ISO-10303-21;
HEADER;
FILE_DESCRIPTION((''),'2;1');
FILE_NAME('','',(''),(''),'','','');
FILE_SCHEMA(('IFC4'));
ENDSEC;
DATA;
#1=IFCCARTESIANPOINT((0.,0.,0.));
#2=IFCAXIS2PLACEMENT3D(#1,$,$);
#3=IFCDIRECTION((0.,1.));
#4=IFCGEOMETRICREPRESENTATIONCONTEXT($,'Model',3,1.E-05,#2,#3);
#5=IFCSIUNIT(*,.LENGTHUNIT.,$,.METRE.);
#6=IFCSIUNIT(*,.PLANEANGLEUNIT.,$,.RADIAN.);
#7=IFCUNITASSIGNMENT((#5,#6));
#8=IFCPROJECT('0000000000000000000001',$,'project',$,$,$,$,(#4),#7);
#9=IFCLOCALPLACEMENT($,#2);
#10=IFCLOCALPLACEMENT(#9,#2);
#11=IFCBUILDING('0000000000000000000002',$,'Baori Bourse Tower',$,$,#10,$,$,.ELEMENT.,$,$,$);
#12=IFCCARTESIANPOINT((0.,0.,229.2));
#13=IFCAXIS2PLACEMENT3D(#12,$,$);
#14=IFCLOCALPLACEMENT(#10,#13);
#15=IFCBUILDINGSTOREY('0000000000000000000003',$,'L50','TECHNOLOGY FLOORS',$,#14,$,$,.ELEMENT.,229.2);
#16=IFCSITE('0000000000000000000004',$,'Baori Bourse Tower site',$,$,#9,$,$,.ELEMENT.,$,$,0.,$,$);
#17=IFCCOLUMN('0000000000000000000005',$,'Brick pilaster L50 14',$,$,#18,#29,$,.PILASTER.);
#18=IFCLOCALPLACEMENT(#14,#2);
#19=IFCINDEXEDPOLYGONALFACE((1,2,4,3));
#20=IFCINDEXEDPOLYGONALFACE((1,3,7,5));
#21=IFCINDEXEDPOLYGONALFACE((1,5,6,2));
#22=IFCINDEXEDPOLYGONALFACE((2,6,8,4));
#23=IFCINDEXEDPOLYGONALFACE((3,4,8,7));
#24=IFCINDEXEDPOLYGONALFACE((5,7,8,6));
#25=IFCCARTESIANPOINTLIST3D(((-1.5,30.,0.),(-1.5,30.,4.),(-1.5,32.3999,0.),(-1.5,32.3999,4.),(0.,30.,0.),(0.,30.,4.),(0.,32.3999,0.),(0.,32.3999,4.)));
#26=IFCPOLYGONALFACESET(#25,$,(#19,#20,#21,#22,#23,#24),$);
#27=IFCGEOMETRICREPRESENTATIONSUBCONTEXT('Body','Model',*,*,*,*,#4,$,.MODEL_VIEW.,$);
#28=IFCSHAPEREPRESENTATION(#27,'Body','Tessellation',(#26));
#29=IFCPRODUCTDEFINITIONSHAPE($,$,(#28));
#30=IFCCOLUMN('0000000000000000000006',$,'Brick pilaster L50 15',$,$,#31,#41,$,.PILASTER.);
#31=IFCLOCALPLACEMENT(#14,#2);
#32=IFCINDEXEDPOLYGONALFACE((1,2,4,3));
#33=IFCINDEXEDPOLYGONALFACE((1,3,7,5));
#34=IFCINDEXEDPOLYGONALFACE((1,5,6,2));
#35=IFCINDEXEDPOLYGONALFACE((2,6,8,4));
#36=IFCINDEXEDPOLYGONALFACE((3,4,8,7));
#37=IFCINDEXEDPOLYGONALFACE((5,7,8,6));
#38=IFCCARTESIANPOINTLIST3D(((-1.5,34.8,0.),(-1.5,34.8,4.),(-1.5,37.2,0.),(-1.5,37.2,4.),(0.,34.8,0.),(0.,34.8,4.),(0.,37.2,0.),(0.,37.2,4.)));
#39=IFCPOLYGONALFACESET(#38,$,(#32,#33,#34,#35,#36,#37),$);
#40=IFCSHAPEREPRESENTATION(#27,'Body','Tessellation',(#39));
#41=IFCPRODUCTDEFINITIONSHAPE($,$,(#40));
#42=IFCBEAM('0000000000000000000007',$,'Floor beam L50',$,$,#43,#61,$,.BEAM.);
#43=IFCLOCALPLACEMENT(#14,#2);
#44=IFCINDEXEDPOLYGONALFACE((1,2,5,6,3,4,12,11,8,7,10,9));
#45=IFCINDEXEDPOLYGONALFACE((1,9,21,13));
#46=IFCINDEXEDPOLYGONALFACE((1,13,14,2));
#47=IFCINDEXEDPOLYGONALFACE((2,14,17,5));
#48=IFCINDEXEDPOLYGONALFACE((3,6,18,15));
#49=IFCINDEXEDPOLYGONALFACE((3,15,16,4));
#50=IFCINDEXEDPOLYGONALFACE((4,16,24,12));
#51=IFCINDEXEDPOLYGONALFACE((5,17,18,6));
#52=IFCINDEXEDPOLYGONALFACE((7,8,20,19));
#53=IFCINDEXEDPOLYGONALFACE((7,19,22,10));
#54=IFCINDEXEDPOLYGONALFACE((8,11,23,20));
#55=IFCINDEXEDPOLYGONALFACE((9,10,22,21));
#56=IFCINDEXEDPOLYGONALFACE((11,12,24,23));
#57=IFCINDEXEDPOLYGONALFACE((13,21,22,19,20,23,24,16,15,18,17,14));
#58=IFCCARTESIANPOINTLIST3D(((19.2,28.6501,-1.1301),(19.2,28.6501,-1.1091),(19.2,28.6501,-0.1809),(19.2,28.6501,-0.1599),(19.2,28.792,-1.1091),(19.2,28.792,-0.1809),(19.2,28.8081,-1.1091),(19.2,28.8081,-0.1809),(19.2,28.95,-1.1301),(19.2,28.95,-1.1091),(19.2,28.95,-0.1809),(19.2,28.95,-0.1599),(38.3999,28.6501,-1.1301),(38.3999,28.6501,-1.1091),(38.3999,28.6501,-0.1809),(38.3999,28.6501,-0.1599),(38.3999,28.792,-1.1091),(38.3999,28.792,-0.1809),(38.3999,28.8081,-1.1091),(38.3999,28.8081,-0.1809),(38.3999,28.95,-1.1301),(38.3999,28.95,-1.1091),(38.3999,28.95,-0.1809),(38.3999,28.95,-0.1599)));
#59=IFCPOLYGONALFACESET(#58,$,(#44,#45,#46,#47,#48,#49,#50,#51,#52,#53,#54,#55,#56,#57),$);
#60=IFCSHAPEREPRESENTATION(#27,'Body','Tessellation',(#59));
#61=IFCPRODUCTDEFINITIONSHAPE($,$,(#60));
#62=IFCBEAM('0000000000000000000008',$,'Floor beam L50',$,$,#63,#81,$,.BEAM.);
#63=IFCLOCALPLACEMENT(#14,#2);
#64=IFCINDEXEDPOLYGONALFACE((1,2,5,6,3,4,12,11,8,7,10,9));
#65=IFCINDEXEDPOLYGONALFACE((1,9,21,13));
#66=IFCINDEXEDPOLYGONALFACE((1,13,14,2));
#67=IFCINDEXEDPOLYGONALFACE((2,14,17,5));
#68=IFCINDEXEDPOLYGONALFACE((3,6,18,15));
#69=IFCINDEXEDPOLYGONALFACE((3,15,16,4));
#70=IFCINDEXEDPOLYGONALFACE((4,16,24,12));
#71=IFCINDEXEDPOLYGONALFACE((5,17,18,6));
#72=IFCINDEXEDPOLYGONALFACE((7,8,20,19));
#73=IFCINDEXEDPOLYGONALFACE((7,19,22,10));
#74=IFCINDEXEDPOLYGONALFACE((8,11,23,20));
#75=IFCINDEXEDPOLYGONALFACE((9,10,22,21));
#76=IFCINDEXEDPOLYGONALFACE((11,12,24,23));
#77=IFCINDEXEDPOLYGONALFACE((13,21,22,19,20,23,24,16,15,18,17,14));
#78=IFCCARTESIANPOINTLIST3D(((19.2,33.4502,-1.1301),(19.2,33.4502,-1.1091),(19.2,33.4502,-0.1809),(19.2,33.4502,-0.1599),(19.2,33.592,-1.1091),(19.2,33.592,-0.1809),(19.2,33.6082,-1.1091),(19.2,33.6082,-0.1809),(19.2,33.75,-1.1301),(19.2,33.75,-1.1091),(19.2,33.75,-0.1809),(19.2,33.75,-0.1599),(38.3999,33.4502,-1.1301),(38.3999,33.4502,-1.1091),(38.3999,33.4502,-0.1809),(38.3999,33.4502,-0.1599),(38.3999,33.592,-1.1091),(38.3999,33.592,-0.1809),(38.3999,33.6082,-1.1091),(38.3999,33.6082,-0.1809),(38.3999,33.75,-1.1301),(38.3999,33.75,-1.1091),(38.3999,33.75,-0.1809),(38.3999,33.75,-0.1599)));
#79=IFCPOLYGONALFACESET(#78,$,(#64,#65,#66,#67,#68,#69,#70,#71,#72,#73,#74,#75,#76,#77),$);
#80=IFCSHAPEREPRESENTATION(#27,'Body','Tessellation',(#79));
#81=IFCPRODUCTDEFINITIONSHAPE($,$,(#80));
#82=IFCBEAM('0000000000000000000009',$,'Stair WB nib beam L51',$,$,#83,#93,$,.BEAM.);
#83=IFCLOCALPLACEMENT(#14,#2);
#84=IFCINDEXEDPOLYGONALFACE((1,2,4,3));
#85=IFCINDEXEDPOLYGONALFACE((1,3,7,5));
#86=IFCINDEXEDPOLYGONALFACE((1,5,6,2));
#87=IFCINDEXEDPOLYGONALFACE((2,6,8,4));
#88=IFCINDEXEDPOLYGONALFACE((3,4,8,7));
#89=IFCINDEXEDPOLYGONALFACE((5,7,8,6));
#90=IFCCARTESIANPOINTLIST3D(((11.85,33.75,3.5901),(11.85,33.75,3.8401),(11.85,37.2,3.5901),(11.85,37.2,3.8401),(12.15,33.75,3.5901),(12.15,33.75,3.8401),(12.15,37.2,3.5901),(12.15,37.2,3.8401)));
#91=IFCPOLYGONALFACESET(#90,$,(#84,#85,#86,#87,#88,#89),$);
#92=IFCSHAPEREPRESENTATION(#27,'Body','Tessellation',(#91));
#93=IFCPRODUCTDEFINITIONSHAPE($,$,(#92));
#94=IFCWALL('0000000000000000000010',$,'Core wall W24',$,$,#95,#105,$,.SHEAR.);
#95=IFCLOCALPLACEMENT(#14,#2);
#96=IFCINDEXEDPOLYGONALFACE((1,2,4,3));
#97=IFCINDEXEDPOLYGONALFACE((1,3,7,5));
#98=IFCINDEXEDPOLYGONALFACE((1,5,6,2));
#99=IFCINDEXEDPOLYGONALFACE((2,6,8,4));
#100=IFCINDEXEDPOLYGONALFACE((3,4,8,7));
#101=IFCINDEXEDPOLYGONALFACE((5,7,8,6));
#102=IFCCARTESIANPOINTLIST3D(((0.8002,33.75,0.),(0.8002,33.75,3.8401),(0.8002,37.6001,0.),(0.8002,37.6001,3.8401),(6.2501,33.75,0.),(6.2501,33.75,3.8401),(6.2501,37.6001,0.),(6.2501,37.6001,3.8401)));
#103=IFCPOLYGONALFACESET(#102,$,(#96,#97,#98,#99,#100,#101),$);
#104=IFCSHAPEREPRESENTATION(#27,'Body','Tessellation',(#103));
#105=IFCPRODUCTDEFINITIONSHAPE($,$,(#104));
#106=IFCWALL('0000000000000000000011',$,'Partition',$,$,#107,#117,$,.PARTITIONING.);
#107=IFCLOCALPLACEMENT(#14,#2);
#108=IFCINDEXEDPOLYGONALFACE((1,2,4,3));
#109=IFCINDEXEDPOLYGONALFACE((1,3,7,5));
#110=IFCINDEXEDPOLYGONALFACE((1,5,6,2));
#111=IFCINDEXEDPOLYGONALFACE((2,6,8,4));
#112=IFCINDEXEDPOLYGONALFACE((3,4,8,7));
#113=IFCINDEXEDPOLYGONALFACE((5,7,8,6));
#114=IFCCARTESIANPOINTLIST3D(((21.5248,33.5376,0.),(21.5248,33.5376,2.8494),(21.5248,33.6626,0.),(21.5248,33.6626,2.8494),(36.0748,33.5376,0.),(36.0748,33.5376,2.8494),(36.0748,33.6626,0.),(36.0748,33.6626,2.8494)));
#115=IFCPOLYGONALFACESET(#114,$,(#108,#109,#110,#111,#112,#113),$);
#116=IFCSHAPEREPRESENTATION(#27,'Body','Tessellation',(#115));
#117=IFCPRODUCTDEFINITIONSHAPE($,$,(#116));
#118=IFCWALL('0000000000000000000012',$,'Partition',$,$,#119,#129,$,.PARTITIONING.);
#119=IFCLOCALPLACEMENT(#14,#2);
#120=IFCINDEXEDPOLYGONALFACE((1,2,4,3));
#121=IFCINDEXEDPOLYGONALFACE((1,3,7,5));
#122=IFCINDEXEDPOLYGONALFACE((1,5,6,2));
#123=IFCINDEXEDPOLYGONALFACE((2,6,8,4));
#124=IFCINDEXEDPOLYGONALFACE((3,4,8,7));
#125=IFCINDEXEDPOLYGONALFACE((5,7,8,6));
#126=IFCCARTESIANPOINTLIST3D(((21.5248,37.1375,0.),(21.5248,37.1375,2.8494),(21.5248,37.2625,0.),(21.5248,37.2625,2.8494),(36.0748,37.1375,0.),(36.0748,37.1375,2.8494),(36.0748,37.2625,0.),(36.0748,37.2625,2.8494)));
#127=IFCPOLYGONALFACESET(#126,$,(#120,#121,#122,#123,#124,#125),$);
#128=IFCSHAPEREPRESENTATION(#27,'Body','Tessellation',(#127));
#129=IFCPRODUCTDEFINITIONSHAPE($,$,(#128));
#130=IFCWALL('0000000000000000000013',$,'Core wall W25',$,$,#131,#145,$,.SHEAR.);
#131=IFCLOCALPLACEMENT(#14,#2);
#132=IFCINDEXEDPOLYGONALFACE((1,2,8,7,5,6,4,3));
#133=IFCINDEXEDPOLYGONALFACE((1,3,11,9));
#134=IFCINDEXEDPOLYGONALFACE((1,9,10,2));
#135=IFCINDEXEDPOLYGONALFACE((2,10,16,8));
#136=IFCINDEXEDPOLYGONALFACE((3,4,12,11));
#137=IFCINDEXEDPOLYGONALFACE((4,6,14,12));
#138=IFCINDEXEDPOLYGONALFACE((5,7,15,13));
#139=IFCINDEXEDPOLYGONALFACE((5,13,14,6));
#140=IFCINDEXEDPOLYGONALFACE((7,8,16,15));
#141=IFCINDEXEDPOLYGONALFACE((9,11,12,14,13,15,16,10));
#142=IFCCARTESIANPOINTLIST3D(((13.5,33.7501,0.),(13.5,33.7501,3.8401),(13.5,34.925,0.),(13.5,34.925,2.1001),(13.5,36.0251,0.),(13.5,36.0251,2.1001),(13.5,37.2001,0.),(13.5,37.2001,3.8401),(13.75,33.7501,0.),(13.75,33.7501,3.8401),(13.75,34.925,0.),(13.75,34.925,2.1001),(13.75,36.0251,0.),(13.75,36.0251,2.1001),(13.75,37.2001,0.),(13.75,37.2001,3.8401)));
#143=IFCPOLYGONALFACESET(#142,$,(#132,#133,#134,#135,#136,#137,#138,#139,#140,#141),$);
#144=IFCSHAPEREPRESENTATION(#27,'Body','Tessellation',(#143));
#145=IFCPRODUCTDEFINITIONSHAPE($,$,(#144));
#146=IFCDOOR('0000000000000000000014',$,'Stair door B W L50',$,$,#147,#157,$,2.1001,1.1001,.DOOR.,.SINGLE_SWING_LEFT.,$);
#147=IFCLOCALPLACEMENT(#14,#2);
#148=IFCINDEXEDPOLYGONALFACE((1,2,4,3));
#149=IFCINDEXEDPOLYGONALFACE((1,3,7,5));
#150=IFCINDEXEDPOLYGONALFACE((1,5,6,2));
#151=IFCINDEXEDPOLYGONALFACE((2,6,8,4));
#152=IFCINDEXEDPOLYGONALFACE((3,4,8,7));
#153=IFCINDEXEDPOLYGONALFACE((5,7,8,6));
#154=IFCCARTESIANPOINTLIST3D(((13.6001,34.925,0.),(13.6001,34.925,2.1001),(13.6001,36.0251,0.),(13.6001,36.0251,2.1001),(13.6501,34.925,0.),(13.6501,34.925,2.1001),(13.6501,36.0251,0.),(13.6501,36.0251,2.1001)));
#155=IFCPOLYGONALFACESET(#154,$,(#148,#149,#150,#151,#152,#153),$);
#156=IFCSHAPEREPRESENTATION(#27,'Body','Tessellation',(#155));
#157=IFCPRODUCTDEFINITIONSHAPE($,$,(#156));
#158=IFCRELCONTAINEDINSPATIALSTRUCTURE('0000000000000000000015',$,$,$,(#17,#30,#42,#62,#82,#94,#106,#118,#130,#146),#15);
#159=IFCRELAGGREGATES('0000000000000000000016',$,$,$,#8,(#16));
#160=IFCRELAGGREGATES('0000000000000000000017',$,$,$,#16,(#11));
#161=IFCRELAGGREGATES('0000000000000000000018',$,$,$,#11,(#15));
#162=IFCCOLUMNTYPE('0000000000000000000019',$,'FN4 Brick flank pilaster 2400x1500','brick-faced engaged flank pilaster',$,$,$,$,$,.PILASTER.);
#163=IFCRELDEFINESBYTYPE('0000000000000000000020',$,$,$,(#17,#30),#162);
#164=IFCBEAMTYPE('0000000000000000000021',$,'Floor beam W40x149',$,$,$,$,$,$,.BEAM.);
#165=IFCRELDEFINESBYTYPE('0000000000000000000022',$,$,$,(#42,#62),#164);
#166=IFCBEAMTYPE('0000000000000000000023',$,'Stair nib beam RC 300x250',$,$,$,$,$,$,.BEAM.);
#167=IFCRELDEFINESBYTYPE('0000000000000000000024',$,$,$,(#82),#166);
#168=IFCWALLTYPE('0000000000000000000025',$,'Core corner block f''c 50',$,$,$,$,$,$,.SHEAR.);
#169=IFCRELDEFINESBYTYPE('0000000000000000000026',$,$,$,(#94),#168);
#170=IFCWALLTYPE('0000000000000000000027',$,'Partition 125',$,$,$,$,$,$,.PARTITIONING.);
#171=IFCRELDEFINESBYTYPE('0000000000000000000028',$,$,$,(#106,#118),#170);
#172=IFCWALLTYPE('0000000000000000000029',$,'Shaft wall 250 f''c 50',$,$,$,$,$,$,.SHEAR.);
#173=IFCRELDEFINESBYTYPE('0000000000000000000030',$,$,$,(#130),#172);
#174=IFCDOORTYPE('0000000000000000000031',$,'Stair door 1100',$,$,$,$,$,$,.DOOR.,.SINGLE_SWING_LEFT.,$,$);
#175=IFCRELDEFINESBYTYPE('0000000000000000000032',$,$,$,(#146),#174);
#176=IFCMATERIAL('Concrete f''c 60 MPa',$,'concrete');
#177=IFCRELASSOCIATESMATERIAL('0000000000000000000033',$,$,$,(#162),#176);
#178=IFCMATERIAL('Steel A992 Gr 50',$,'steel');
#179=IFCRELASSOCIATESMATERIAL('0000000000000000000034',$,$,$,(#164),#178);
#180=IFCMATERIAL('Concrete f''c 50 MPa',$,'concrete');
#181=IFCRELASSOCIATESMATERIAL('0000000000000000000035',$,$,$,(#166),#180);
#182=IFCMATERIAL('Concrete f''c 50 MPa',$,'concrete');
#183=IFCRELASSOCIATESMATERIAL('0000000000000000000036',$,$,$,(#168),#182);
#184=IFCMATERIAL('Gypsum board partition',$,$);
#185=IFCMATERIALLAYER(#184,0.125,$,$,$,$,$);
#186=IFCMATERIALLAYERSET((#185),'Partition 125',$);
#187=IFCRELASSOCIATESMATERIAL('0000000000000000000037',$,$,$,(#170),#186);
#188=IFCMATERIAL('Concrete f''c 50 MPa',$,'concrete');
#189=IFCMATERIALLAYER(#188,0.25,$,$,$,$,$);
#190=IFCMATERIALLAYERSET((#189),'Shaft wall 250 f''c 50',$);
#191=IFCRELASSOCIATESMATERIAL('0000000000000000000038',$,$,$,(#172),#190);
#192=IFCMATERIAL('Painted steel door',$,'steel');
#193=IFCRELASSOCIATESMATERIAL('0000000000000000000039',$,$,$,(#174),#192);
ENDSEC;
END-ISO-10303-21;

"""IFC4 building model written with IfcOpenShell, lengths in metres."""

from ifc_helpers import new_model, si_unit, direction, frame, frame_2d, origin, origin_2d, place, context, subcontext, project, spatial, rectangle, i_section, extrude, material, layer, layer_set, material_profile, profile_set, type_object, element, fill, save


model = new_model("IFC4")

# Units and contexts
model_context = context("Model", 3, precision=1e-05, world=origin(), true_north=direction((0.0, 1.0)))
body_context = subcontext(model_context, "Body", "Model", "MODEL_VIEW")
ifc_project = project(units=[si_unit("LENGTHUNIT", "METRE"), si_unit("PLANEANGLEUNIT", "RADIAN")], contexts=[model_context])

# Site, building, storey
site_placement = place(None, origin())
site = spatial("IfcSite", under=ifc_project, at=site_placement, Name="Baori Bourse Tower site", CompositionType="ELEMENT", RefElevation=0.0)
building_placement = place(site_placement, origin())
building = spatial("IfcBuilding", under=site, at=building_placement, Name="Baori Bourse Tower", CompositionType="ELEMENT")
storey_placement = place(building_placement, frame((0.0, 0.0, 229.2)))
storey = spatial("IfcBuildingStorey", under=building, at=storey_placement, Name="L50", Description="TECHNOLOGY FLOORS", CompositionType="ELEMENT", Elevation=229.2)

# Columns
ifc_material_1 = material(Name="Concrete f'c 60 MPa", Category="concrete")
ifc_material_profile_1 = material_profile(ifc_material_1, rectangle(XDim=2.3999, YDim=1.5, at=origin_2d()), Name="RC 2400x1500")
ifc_profile_set_1 = profile_set([ifc_material_profile_1], Name="Concrete f'c 60 MPa")
column_type = type_object("IfcColumnType", Name="FN4 Brick flank pilaster 2400x1500", Description="brick-faced engaged flank pilaster", PredefinedType="PILASTER", material=ifc_profile_set_1)
for number, where, z_axis, x_axis, name in (
    (1, (-0.75, 31.2, 0.0), (0.0, 0.0, 1.0), (0.0, 1.0, 0.0), "Brick pilaster L50 14"),
    (2, (-0.75, 36.0, 0.0), (0.0, 0.0, 1.0), (0.0, 1.0, 0.0), "Brick pilaster L50 15"),
):
    element("IfcColumn", number, at=place(storey_placement, frame(where, z_axis=z_axis, x_axis=x_axis)), inside=storey, type_object=column_type, Name=name, PredefinedType="PILASTER", context=body_context, shape_type="SweptSolid", body=[
        extrude(rectangle(XDim=2.3999, YDim=1.5, at=origin_2d()), origin(), (0.0, 0.0, 1.0), 4.0),
    ])

# Beams
ifc_material_2 = material(Name="Steel A992 Gr 50", Category="steel")
ifc_material_profile_2 = material_profile(ifc_material_2, i_section(OverallWidth=0.2998, OverallDepth=0.9702, WebThickness=0.0161, FlangeThickness=0.021, at=origin_2d()), Name="W40x149")
ifc_profile_set_2 = profile_set([ifc_material_profile_2], Name="Steel A992 Gr 50")
beam_type_1 = type_object("IfcBeamType", Name="Floor beam W40x149", PredefinedType="BEAM", material=ifc_profile_set_2)
for number, where, z_axis, x_axis, name in (
    (3, (19.2, 28.8, -0.645), (1.0, 0.0, 0.0), (0.0, 1.0, 0.0), "Floor beam L50"),
    (4, (19.2, 33.6001, -0.645), (1.0, 0.0, 0.0), (0.0, 1.0, 0.0), "Floor beam L50"),
):
    element("IfcBeam", number, at=place(storey_placement, frame(where, z_axis=z_axis, x_axis=x_axis)), inside=storey, type_object=beam_type_1, Name=name, PredefinedType="BEAM", context=body_context, shape_type="SweptSolid", body=[
        extrude(i_section(OverallWidth=0.2998, OverallDepth=0.9702, WebThickness=0.0161, FlangeThickness=0.021, at=origin_2d()), origin(), (0.0, 0.0, 1.0), 19.2),
    ])
ifc_material_3 = material(Name="Concrete f'c 50 MPa", Category="concrete")
ifc_material_profile_3 = material_profile(ifc_material_3, rectangle(XDim=0.3, YDim=0.25, at=origin_2d()), Name="RC 300x250")
ifc_profile_set_3 = profile_set([ifc_material_profile_3], Name="Concrete f'c 50 MPa")
beam_type_2 = type_object("IfcBeamType", Name="Stair nib beam RC 300x250", PredefinedType="BEAM", material=ifc_profile_set_3)
beam_placement = place(storey_placement, frame((12.0, 33.75, 3.7151), z_axis=(0.0, 1.0, 0.0), x_axis=(-1.0, 0.0, 0.0)))
element("IfcBeam", 5, at=beam_placement, inside=storey, type_object=beam_type_2, Name="Stair WB nib beam L51", PredefinedType="BEAM", context=body_context, shape_type="SweptSolid", body=[
    extrude(rectangle(XDim=0.3, YDim=0.25, at=origin_2d()), origin(), (0.0, 0.0, 1.0), 3.45),
])

# Walls
ifc_material_4 = material(Name="Concrete f'c 50 MPa", Category="concrete")
wall_type_1 = type_object("IfcWallType", Name="Core corner block f'c 50", PredefinedType="SHEAR", material=ifc_material_4)
wall_1_placement = place(storey_placement, frame((0.8, 35.675, 0.0), z_axis=(0.0, 0.0, 1.0), x_axis=(1.0, 0.0, 0.0)))
element("IfcWall", 6, at=wall_1_placement, inside=storey, type_object=wall_type_1, Name="Core wall W24", PredefinedType="SHEAR", context=body_context, shape_type="SweptSolid", body=[
    extrude(rectangle(XDim=5.45, YDim=3.8501, at=frame_2d((2.7251, 0.0))), origin(), (0.0, 0.0, 1.0), 3.8401),
])
ifc_material_5 = material(Name="Gypsum board partition")
ifc_layer_1 = layer(ifc_material_5, 0.125)
ifc_layer_set_1 = layer_set([ifc_layer_1], Name="Partition 125")
wall_type_2 = type_object("IfcWallType", Name="Partition 125", PredefinedType="PARTITIONING", material=ifc_layer_set_1)
for number, where, z_axis, x_axis, name in (
    (7, (21.5249, 33.6001, 0.0), (0.0, 0.0, 1.0), (1.0, 0.0, 0.0), "Partition"),
    (8, (21.5249, 37.2, 0.0), (0.0, 0.0, 1.0), (1.0, 0.0, 0.0), "Partition"),
):
    element("IfcWall", number, at=place(storey_placement, frame(where, z_axis=z_axis, x_axis=x_axis)), inside=storey, type_object=wall_type_2, Name=name, PredefinedType="PARTITIONING", context=body_context, shape_type="SweptSolid", body=[
        extrude(rectangle(XDim=14.55, YDim=0.125, at=frame_2d((7.2749, 0.0))), origin(), (0.0, 0.0, 1.0), 2.8494),
    ])

# Wall, opening, door
ifc_material_6 = material(Name="Concrete f'c 50 MPa", Category="concrete")
ifc_layer_2 = layer(ifc_material_6, 0.25)
ifc_layer_set_2 = layer_set([ifc_layer_2], Name="Shaft wall 250 f'c 50")
wall_type_3 = type_object("IfcWallType", Name="Shaft wall 250 f'c 50", PredefinedType="SHEAR", material=ifc_layer_set_2)
wall_2_placement = place(storey_placement, frame((13.625, 33.75, 0.0), z_axis=(0.0, 0.0, 1.0), x_axis=(0.0, 1.0, 0.0)))
wall_2 = element("IfcWall", 9, at=wall_2_placement, inside=storey, type_object=wall_type_3, Name="Core wall W25", PredefinedType="SHEAR", context=body_context, shape_type="SweptSolid", body=[
    extrude(rectangle(XDim=3.45, YDim=0.25, at=frame_2d((1.7251, 0.0))), origin(), (0.0, 0.0, 1.0), 3.8401),
])
opening_1_placement = place(wall_2_placement, frame((1.175, 0.0, 0.0)))
opening_1 = element("IfcOpeningElement", 10, at=opening_1_placement, cuts=wall_2, PredefinedType="OPENING", context=body_context, shape_type="SweptSolid", body=[
    extrude(rectangle(XDim=1.1001, YDim=2.1001, at=frame_2d((0.55, 1.05))), frame((0.0, 0.135, 0.0), z_axis=(0.0, -1.0, 0.0), x_axis=(1.0, 0.0, 0.0)), (0.0, 0.0, 1.0), 0.27),
])
ifc_material_7 = material(Name="Painted steel door", Category="steel")
door_type_1 = type_object("IfcDoorType", Name="Stair door 1100", OperationType="SINGLE_SWING_LEFT", PredefinedType="DOOR", material=ifc_material_7)
door_1_placement = place(opening_1_placement, origin())
door_1 = element("IfcDoor", 11, at=door_1_placement, inside=storey, type_object=door_type_1, Name="Stair door B W L50", OperationType="SINGLE_SWING_LEFT", OverallHeight=2.1001, OverallWidth=1.1001, PredefinedType="DOOR", context=body_context, shape_type="SweptSolid", body=[
    extrude(rectangle(XDim=1.1001, YDim=2.1001, at=frame_2d((0.55, 1.05))), frame((0.0, 0.0249, 0.0), z_axis=(0.0, -1.0, 0.0), x_axis=(1.0, 0.0, 0.0)), (0.0, 0.0, 1.0), 0.05),
])
fill(opening_1, door_1)

save(model, "model.ifc")
